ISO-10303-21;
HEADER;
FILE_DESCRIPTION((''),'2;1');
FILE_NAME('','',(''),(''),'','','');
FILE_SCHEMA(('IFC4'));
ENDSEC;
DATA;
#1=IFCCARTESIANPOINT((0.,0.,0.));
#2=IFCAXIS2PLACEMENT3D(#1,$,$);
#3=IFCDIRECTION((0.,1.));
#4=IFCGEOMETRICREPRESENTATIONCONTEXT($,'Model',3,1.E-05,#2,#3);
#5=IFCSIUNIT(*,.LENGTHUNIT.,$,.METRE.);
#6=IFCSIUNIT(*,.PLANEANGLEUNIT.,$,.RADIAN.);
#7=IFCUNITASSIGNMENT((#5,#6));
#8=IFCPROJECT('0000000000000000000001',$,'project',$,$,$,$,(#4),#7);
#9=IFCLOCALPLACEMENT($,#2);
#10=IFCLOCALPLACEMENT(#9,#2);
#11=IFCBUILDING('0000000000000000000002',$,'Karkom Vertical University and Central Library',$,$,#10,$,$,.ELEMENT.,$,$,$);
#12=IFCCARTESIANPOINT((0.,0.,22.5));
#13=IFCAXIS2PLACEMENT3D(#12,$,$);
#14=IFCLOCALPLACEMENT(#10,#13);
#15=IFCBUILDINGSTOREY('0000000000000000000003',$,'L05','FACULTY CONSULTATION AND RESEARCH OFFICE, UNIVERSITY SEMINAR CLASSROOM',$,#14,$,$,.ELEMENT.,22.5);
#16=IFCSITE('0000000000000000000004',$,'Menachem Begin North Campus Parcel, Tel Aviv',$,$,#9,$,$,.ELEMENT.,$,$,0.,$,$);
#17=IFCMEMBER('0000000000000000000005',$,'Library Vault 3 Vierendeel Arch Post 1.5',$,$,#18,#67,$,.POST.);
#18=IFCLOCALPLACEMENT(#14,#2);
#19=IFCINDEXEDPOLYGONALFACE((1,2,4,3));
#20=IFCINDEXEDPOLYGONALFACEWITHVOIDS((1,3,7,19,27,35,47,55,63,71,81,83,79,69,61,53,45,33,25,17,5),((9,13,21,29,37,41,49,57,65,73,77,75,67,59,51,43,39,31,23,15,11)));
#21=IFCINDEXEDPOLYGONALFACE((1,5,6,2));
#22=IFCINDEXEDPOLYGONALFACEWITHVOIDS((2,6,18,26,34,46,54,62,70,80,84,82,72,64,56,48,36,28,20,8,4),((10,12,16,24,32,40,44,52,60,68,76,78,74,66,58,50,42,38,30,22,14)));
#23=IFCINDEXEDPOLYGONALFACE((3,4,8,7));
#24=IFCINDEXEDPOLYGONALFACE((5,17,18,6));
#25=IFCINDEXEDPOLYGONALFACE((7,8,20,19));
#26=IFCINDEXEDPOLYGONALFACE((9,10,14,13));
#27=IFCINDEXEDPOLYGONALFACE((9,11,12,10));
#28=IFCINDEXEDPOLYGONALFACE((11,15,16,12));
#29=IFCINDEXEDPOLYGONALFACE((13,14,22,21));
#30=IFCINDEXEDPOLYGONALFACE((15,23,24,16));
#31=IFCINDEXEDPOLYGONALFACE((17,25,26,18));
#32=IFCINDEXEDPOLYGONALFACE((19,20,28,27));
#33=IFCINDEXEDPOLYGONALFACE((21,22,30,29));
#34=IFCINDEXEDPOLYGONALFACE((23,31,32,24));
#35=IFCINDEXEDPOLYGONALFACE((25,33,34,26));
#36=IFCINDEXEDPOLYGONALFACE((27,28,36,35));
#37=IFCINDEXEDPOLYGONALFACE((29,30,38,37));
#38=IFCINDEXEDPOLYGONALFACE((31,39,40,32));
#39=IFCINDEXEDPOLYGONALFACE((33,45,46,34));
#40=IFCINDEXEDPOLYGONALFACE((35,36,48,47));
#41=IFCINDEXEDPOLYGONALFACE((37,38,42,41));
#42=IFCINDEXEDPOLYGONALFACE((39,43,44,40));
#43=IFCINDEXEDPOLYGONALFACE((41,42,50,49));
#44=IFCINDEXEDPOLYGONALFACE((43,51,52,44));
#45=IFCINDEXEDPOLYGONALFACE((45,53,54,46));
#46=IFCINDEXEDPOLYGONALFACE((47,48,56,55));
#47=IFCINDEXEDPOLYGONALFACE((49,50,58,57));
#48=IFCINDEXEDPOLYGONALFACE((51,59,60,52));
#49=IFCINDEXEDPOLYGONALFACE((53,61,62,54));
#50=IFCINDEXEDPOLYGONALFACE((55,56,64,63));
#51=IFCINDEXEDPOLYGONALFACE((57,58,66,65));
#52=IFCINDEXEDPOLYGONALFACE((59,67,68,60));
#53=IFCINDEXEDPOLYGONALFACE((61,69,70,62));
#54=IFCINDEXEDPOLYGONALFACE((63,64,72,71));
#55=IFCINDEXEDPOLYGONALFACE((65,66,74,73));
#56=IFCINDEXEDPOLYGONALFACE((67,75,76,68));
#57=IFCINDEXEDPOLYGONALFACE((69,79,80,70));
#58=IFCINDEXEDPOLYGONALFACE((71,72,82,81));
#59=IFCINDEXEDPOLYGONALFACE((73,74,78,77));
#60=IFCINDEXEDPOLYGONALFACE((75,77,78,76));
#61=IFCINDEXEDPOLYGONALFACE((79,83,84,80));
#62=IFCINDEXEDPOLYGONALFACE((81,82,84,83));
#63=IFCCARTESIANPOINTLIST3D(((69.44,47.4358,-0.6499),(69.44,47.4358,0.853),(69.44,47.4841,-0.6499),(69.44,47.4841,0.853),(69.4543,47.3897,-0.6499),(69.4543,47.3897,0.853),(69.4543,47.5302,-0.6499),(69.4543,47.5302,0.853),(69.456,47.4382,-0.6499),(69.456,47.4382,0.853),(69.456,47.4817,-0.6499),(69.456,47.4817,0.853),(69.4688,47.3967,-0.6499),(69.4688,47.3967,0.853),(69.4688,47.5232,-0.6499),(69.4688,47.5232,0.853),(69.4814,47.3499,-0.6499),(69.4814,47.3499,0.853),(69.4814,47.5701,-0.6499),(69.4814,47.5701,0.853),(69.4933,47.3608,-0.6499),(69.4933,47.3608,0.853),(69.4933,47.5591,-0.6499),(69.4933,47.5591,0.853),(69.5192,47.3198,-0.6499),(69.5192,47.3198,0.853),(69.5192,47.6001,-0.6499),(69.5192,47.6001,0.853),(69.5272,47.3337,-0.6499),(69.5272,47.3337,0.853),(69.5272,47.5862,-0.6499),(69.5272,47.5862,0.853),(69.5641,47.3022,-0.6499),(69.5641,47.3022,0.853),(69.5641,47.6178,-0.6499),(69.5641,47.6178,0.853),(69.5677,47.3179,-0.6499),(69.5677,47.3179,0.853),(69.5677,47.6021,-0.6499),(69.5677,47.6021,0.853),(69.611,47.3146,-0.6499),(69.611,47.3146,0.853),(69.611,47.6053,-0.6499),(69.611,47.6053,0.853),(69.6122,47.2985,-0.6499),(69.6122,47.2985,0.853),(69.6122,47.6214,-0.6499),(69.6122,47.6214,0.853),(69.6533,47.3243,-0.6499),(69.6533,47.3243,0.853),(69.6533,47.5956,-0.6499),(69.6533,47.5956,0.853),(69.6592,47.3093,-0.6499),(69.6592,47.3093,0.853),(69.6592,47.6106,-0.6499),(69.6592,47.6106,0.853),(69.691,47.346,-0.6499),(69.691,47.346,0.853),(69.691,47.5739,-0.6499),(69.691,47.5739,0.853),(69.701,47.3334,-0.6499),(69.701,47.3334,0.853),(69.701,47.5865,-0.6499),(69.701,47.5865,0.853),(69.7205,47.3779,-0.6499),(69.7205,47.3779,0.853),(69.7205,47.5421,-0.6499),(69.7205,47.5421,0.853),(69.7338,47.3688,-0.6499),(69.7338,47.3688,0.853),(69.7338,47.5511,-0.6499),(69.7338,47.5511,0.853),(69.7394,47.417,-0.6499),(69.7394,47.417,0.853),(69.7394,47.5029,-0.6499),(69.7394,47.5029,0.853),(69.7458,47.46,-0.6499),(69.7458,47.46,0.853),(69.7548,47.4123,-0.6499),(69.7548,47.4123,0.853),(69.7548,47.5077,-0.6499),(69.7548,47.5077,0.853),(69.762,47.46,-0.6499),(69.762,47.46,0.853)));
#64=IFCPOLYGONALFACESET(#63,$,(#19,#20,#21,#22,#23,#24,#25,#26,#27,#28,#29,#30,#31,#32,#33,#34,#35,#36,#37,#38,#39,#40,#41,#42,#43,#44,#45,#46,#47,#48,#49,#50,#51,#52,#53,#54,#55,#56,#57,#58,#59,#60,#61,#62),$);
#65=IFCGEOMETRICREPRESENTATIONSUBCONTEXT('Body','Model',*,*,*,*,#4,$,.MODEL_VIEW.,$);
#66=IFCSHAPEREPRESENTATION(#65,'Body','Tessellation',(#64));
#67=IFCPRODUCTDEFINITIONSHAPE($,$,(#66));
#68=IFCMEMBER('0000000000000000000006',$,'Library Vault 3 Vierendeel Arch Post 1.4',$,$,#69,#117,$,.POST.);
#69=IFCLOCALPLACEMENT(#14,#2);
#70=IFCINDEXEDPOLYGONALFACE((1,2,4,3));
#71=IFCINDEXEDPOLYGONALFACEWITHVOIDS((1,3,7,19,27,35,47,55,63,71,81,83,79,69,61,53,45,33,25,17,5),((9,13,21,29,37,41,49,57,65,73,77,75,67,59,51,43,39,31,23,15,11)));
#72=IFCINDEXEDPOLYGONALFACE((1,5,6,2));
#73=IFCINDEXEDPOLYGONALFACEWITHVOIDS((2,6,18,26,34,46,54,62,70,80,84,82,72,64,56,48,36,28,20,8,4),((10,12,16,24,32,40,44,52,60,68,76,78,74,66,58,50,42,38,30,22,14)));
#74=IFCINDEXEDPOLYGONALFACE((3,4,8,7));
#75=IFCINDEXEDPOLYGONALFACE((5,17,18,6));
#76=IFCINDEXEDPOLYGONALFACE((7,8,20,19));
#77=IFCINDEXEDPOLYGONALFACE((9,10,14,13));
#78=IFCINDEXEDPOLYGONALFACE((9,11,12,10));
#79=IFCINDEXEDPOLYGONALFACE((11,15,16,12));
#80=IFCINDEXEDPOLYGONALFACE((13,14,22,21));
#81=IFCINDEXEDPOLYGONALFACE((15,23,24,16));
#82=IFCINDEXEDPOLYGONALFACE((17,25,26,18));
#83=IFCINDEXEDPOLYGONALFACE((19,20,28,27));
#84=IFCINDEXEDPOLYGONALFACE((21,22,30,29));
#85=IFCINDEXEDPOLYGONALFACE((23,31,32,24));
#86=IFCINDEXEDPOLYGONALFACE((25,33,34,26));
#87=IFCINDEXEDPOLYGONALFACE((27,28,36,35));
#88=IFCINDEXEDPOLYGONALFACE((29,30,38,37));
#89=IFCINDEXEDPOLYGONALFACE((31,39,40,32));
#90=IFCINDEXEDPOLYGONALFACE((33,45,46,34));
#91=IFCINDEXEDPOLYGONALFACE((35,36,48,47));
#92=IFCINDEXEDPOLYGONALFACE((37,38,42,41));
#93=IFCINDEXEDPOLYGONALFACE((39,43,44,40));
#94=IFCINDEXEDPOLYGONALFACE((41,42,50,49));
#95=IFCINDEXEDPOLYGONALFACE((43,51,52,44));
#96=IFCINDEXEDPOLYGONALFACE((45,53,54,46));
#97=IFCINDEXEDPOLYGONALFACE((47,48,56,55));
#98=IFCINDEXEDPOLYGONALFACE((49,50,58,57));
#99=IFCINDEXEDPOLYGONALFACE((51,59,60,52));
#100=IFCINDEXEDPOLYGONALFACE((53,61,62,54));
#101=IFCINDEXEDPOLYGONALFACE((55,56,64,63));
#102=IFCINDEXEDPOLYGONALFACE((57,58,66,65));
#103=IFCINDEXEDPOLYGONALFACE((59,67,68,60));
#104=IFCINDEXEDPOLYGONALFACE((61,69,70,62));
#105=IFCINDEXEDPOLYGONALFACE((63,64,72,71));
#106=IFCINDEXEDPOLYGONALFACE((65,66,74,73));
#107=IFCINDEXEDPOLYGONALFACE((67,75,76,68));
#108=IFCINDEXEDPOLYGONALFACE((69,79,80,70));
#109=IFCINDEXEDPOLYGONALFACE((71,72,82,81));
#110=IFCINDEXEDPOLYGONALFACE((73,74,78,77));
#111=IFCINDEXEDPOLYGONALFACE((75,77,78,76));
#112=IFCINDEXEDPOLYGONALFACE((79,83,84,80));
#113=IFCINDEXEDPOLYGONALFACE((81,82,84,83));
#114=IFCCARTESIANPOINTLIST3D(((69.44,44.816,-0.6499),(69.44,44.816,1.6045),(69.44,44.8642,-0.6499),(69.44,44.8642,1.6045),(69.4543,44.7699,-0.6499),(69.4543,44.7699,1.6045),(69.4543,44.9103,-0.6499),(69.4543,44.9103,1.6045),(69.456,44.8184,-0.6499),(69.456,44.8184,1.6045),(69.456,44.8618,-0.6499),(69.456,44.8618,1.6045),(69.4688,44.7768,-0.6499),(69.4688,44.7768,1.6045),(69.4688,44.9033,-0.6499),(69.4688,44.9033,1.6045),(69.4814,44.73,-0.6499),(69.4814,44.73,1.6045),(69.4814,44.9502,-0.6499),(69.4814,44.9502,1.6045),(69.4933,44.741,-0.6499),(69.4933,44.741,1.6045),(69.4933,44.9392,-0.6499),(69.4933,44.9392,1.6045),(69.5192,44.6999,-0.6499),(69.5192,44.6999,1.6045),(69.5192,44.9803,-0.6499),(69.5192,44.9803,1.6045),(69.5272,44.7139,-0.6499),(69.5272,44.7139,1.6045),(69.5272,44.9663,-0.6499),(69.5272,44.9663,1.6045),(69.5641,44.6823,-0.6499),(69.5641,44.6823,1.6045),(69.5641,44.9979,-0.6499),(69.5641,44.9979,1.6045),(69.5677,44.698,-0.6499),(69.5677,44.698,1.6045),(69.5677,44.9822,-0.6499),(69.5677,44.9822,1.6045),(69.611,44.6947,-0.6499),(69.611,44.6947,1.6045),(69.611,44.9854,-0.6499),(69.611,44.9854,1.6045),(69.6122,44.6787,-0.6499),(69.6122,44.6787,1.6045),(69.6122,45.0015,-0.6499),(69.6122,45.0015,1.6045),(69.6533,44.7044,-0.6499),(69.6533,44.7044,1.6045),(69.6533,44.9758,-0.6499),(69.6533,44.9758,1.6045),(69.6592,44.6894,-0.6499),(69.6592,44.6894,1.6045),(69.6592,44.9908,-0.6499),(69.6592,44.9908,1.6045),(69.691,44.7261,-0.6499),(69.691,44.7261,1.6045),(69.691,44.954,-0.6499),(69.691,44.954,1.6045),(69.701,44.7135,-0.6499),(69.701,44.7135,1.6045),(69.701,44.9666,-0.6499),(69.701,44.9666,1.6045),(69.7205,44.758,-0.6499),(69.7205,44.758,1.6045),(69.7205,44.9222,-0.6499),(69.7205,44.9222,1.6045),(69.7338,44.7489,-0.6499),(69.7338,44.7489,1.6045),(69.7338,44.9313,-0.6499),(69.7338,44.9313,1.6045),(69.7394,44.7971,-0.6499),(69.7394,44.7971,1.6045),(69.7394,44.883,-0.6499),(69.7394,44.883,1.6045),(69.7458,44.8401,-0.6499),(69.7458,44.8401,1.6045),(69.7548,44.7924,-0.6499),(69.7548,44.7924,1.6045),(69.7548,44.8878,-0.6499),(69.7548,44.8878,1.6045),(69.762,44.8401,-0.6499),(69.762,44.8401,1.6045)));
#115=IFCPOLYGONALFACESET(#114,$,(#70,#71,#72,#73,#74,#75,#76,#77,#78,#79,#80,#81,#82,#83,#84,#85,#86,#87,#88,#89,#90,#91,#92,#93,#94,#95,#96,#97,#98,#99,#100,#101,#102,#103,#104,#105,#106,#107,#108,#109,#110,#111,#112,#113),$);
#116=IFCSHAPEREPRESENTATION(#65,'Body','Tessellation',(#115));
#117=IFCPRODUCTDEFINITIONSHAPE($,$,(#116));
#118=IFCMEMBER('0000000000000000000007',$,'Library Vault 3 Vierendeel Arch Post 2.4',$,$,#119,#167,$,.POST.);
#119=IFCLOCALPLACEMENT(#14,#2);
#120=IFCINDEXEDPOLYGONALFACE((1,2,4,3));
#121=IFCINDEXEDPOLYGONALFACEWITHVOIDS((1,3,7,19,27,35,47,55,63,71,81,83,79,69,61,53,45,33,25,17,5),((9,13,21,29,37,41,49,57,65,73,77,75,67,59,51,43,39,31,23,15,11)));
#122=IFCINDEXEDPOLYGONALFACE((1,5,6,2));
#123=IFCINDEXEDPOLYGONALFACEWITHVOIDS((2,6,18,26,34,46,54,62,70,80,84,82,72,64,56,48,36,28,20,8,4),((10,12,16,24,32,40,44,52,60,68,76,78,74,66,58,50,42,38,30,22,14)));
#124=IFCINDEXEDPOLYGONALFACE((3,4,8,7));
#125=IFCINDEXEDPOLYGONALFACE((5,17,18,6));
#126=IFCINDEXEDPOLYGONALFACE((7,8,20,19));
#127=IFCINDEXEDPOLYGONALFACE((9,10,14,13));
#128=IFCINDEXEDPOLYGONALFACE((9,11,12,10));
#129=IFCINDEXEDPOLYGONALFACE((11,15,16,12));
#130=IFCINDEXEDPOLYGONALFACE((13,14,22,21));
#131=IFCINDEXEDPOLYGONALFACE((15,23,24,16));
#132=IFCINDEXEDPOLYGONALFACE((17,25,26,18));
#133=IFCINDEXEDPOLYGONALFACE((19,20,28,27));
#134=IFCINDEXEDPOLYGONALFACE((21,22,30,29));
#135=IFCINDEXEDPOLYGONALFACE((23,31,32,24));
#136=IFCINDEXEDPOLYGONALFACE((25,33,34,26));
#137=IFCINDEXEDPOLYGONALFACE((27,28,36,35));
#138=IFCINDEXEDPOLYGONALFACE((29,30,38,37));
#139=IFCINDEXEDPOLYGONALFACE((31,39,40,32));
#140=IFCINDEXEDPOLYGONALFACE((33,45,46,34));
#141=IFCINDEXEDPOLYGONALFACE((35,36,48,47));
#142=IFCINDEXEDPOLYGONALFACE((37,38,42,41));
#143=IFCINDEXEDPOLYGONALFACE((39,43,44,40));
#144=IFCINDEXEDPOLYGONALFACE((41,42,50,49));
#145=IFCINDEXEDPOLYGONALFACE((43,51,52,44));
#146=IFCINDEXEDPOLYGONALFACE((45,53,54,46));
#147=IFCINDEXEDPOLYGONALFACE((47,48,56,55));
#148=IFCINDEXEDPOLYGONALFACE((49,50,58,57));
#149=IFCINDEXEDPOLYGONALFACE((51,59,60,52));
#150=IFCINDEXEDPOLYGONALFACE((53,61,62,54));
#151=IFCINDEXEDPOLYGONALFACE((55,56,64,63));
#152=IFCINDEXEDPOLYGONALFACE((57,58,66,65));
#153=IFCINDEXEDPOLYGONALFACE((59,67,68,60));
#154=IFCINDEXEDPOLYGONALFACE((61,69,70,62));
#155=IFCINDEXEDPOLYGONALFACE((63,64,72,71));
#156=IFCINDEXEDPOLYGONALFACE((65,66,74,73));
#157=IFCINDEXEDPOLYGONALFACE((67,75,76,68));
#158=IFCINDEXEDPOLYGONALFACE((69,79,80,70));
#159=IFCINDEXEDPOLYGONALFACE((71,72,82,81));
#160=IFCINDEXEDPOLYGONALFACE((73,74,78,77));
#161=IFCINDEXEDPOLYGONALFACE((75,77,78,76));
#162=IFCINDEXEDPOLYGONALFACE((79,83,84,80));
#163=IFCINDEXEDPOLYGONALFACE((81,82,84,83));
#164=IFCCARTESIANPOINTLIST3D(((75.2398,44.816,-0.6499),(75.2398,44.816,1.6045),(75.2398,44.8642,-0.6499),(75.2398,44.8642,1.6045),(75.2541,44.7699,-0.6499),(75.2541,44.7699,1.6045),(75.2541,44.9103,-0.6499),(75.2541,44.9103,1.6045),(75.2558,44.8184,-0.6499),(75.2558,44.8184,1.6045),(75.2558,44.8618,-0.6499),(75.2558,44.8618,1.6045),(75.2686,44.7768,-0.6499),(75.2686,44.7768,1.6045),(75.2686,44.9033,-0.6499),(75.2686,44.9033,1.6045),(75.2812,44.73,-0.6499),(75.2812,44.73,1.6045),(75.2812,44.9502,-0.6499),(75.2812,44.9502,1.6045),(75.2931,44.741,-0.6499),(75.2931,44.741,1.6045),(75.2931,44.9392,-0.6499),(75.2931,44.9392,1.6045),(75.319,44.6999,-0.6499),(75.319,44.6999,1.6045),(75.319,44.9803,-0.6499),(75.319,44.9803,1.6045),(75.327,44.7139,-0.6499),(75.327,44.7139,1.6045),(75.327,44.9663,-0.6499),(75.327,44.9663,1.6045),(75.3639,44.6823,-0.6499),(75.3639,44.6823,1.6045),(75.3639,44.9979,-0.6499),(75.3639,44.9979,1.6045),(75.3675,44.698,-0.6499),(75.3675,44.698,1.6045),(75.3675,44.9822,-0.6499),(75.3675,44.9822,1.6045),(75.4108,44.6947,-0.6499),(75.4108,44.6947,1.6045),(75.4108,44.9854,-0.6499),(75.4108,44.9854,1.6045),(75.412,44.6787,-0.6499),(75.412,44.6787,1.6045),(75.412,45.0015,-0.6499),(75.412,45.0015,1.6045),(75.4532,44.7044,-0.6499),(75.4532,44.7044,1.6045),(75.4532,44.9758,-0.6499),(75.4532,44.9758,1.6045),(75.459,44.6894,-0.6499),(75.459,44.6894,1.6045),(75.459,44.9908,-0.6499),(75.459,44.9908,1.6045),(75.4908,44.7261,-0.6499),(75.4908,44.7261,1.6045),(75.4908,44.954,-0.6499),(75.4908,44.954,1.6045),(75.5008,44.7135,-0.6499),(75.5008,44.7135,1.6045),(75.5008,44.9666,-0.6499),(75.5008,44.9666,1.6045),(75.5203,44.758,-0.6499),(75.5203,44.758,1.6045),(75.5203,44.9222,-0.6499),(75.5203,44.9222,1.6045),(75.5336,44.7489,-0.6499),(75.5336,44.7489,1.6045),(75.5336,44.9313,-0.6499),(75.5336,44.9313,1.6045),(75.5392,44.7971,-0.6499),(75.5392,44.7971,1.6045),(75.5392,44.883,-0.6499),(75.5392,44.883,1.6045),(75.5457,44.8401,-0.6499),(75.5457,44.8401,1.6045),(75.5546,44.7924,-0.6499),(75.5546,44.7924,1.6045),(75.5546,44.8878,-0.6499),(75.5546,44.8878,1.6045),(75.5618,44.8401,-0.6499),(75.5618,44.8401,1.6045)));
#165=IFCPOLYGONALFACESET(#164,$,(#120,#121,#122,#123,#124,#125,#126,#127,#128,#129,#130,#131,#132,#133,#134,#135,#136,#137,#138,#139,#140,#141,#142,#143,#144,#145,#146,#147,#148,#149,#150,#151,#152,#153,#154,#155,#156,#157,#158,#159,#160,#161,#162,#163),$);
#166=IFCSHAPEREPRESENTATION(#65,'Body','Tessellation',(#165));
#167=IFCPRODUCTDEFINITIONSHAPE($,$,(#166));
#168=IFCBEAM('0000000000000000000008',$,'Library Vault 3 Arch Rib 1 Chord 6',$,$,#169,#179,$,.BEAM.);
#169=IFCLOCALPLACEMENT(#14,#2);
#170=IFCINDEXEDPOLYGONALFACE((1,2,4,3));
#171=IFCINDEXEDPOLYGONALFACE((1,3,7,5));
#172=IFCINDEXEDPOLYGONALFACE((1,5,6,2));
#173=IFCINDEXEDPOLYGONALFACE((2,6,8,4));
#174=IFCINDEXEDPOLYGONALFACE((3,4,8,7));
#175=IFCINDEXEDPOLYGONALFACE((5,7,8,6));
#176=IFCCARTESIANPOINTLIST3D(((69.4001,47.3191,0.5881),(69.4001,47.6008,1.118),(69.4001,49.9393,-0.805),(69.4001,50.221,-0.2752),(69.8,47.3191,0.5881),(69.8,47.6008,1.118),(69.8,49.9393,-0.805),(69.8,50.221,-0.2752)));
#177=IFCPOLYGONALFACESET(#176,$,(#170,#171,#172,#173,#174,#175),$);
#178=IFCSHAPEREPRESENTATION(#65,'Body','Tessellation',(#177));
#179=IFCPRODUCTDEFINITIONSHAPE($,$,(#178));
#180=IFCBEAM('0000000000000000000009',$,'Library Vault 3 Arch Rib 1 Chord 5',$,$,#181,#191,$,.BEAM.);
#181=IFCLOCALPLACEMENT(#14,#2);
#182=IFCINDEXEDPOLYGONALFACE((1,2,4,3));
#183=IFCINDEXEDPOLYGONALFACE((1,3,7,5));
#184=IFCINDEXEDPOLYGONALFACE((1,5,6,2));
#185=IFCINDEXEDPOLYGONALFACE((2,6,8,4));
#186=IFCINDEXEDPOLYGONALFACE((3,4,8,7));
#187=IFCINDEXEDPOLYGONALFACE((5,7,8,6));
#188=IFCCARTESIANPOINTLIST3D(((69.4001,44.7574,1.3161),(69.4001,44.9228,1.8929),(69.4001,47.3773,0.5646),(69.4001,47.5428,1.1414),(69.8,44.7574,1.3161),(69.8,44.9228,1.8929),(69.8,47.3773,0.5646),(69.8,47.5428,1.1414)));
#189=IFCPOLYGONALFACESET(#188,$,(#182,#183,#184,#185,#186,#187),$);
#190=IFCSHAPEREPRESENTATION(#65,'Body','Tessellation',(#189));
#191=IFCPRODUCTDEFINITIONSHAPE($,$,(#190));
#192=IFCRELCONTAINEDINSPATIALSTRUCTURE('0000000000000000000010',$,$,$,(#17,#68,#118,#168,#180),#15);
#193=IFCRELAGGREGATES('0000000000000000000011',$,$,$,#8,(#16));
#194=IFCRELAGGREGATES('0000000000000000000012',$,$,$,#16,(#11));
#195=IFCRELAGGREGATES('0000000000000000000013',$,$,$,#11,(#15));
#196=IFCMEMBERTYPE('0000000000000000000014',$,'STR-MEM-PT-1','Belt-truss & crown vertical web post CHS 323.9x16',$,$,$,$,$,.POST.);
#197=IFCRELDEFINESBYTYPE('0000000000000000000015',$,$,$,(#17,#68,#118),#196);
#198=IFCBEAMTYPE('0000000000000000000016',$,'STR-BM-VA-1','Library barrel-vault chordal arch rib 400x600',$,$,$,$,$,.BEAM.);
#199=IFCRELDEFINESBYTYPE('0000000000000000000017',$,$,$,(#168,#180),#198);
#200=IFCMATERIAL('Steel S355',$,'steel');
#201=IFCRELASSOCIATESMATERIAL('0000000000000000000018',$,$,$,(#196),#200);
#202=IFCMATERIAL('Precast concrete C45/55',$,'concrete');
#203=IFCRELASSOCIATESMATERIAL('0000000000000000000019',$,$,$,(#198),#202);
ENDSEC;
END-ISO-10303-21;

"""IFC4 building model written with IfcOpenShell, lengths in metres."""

from ifc_helpers import new_model, si_unit, direction, frame, origin, origin_with_axes, origin_2d, place, context, subcontext, project, spatial, rectangle, hollow_circle, extrude, source, transform, mapped, material, material_profile, profile_set, type_object, element, save


model = new_model("IFC4")

# Units and contexts
model_context = context("Model", 3, precision=1e-05, world=origin(), true_north=direction((0.0, 1.0)))
body_context = subcontext(model_context, "Body", "Model", "MODEL_VIEW")
ifc_project = project(units=[si_unit("LENGTHUNIT", "METRE"), si_unit("PLANEANGLEUNIT", "RADIAN")], contexts=[model_context])

# Site, building, storey
site_placement = place(None, origin())
site = spatial("IfcSite", under=ifc_project, at=site_placement, Name="Menachem Begin North Campus Parcel, Tel Aviv", CompositionType="ELEMENT", RefElevation=0.0)
building_placement = place(site_placement, origin())
building = spatial("IfcBuilding", under=site, at=building_placement, Name="Karkom Vertical University and Central Library", CompositionType="ELEMENT")
storey_placement = place(building_placement, frame((0.0, 0.0, 22.5)))
storey = spatial("IfcBuildingStorey", under=building, at=storey_placement, Name="L05", Description="FACULTY CONSULTATION AND RESEARCH OFFICE, UNIVERSITY SEMINAR CLASSROOM", CompositionType="ELEMENT", Elevation=22.5)

# Members
ifc_material_1 = material(Name="Steel S355", Category="steel")
ifc_material_profile_1 = material_profile(ifc_material_1, hollow_circle(Radius=0.1619, WallThickness=0.0161, at=origin_2d()), Name="CHS 323.9x16")
ifc_profile_set_1 = profile_set([ifc_material_profile_1], Name="Steel S355")
member_type_1 = type_object("IfcMemberType", Name="STR-MEM-PT-1", Description="Belt-truss & crown vertical web post CHS 323.9x16", PredefinedType="POST", material=ifc_profile_set_1)
shared_shape_1 = source(origin_with_axes(), body_context, "Body", "SweptSolid", [
    extrude(hollow_circle(Radius=0.1619, WallThickness=0.0161, at=origin_2d()), origin(), (0.0, 0.0, 1.0), 1.5029),
])
member_1_placement = place(storey_placement, frame((69.6001, 47.46, -0.6499), z_axis=(0.0, 0.0, 1.0), x_axis=(1.0, 0.0, 0.0)))
element("IfcMember", 1, at=member_1_placement, inside=storey, type_object=member_type_1, Name="Library Vault 3 Vierendeel Arch Post 1.5", PredefinedType="POST", context=body_context, shape_type="MappedRepresentation", body=[
    mapped(shared_shape_1, transform((0.0, 0.0, 0.0), scale=1.0)),
])
shared_shape_2 = source(origin_with_axes(), body_context, "Body", "SweptSolid", [
    extrude(hollow_circle(Radius=0.1619, WallThickness=0.0161, at=origin_2d()), origin(), (0.0, 0.0, 1.0), 2.2544),
])
for number, where, z_axis, x_axis, name in (
    (2, (69.6001, 44.8401, -0.6499), (0.0, 0.0, 1.0), (1.0, 0.0, 0.0), "Library Vault 3 Vierendeel Arch Post 1.4"),
    (3, (75.3999, 44.8401, -0.6499), (0.0, 0.0, 1.0), (1.0, 0.0, 0.0), "Library Vault 3 Vierendeel Arch Post 2.4"),
):
    element("IfcMember", number, at=place(storey_placement, frame(where, z_axis=z_axis, x_axis=x_axis)), inside=storey, type_object=member_type_1, Name=name, PredefinedType="POST", context=body_context, shape_type="MappedRepresentation", body=[
        mapped(shared_shape_2, transform((0.0, 0.0, 0.0), scale=1.0)),
    ])

# Beams
ifc_material_2 = material(Name="Precast concrete C45/55", Category="concrete")
ifc_material_profile_2 = material_profile(ifc_material_2, rectangle(XDim=0.3999, YDim=0.6001, at=origin_2d()), Name="RCB-400x600")
ifc_profile_set_2 = profile_set([ifc_material_profile_2], Name="Precast concrete C45/55")
beam_type = type_object("IfcBeamType", Name="STR-BM-VA-1", Description="Library barrel-vault chordal arch rib 400x600", PredefinedType="BEAM", material=ifc_profile_set_2)
shared_shape_3 = source(origin_with_axes(), body_context, "Body", "SweptSolid", [
    extrude(rectangle(XDim=0.3999, YDim=0.6001, at=origin_2d()), origin(), (0.0, 0.0, 1.0), 2.9675),
])
beam_1_placement = place(storey_placement, frame((69.6001, 47.46, 0.853), z_axis=(0.0, 0.882958, -0.469452), x_axis=(-1.0, 0.0, 0.0)))
element("IfcBeam", 4, at=beam_1_placement, inside=storey, type_object=beam_type, Name="Library Vault 3 Arch Rib 1 Chord 6", PredefinedType="BEAM", context=body_context, shape_type="MappedRepresentation", body=[
    mapped(shared_shape_3, transform((0.0, 0.0, 0.0), scale=1.0)),
])
shared_shape_4 = source(origin_with_axes(), body_context, "Body", "SweptSolid", [
    extrude(rectangle(XDim=0.3999, YDim=0.6001, at=origin_2d()), origin(), (0.0, 0.0, 1.0), 2.7256),
])
beam_2_placement = place(storey_placement, frame((69.6001, 44.8401, 1.6045), z_axis=(0.0, 0.961239, -0.275715), x_axis=(-1.0, 0.0, 0.0)))
element("IfcBeam", 5, at=beam_2_placement, inside=storey, type_object=beam_type, Name="Library Vault 3 Arch Rib 1 Chord 5", PredefinedType="BEAM", context=body_context, shape_type="MappedRepresentation", body=[
    mapped(shared_shape_4, transform((0.0, 0.0, 0.0), scale=1.0)),
])

save(model, "model.ifc")
